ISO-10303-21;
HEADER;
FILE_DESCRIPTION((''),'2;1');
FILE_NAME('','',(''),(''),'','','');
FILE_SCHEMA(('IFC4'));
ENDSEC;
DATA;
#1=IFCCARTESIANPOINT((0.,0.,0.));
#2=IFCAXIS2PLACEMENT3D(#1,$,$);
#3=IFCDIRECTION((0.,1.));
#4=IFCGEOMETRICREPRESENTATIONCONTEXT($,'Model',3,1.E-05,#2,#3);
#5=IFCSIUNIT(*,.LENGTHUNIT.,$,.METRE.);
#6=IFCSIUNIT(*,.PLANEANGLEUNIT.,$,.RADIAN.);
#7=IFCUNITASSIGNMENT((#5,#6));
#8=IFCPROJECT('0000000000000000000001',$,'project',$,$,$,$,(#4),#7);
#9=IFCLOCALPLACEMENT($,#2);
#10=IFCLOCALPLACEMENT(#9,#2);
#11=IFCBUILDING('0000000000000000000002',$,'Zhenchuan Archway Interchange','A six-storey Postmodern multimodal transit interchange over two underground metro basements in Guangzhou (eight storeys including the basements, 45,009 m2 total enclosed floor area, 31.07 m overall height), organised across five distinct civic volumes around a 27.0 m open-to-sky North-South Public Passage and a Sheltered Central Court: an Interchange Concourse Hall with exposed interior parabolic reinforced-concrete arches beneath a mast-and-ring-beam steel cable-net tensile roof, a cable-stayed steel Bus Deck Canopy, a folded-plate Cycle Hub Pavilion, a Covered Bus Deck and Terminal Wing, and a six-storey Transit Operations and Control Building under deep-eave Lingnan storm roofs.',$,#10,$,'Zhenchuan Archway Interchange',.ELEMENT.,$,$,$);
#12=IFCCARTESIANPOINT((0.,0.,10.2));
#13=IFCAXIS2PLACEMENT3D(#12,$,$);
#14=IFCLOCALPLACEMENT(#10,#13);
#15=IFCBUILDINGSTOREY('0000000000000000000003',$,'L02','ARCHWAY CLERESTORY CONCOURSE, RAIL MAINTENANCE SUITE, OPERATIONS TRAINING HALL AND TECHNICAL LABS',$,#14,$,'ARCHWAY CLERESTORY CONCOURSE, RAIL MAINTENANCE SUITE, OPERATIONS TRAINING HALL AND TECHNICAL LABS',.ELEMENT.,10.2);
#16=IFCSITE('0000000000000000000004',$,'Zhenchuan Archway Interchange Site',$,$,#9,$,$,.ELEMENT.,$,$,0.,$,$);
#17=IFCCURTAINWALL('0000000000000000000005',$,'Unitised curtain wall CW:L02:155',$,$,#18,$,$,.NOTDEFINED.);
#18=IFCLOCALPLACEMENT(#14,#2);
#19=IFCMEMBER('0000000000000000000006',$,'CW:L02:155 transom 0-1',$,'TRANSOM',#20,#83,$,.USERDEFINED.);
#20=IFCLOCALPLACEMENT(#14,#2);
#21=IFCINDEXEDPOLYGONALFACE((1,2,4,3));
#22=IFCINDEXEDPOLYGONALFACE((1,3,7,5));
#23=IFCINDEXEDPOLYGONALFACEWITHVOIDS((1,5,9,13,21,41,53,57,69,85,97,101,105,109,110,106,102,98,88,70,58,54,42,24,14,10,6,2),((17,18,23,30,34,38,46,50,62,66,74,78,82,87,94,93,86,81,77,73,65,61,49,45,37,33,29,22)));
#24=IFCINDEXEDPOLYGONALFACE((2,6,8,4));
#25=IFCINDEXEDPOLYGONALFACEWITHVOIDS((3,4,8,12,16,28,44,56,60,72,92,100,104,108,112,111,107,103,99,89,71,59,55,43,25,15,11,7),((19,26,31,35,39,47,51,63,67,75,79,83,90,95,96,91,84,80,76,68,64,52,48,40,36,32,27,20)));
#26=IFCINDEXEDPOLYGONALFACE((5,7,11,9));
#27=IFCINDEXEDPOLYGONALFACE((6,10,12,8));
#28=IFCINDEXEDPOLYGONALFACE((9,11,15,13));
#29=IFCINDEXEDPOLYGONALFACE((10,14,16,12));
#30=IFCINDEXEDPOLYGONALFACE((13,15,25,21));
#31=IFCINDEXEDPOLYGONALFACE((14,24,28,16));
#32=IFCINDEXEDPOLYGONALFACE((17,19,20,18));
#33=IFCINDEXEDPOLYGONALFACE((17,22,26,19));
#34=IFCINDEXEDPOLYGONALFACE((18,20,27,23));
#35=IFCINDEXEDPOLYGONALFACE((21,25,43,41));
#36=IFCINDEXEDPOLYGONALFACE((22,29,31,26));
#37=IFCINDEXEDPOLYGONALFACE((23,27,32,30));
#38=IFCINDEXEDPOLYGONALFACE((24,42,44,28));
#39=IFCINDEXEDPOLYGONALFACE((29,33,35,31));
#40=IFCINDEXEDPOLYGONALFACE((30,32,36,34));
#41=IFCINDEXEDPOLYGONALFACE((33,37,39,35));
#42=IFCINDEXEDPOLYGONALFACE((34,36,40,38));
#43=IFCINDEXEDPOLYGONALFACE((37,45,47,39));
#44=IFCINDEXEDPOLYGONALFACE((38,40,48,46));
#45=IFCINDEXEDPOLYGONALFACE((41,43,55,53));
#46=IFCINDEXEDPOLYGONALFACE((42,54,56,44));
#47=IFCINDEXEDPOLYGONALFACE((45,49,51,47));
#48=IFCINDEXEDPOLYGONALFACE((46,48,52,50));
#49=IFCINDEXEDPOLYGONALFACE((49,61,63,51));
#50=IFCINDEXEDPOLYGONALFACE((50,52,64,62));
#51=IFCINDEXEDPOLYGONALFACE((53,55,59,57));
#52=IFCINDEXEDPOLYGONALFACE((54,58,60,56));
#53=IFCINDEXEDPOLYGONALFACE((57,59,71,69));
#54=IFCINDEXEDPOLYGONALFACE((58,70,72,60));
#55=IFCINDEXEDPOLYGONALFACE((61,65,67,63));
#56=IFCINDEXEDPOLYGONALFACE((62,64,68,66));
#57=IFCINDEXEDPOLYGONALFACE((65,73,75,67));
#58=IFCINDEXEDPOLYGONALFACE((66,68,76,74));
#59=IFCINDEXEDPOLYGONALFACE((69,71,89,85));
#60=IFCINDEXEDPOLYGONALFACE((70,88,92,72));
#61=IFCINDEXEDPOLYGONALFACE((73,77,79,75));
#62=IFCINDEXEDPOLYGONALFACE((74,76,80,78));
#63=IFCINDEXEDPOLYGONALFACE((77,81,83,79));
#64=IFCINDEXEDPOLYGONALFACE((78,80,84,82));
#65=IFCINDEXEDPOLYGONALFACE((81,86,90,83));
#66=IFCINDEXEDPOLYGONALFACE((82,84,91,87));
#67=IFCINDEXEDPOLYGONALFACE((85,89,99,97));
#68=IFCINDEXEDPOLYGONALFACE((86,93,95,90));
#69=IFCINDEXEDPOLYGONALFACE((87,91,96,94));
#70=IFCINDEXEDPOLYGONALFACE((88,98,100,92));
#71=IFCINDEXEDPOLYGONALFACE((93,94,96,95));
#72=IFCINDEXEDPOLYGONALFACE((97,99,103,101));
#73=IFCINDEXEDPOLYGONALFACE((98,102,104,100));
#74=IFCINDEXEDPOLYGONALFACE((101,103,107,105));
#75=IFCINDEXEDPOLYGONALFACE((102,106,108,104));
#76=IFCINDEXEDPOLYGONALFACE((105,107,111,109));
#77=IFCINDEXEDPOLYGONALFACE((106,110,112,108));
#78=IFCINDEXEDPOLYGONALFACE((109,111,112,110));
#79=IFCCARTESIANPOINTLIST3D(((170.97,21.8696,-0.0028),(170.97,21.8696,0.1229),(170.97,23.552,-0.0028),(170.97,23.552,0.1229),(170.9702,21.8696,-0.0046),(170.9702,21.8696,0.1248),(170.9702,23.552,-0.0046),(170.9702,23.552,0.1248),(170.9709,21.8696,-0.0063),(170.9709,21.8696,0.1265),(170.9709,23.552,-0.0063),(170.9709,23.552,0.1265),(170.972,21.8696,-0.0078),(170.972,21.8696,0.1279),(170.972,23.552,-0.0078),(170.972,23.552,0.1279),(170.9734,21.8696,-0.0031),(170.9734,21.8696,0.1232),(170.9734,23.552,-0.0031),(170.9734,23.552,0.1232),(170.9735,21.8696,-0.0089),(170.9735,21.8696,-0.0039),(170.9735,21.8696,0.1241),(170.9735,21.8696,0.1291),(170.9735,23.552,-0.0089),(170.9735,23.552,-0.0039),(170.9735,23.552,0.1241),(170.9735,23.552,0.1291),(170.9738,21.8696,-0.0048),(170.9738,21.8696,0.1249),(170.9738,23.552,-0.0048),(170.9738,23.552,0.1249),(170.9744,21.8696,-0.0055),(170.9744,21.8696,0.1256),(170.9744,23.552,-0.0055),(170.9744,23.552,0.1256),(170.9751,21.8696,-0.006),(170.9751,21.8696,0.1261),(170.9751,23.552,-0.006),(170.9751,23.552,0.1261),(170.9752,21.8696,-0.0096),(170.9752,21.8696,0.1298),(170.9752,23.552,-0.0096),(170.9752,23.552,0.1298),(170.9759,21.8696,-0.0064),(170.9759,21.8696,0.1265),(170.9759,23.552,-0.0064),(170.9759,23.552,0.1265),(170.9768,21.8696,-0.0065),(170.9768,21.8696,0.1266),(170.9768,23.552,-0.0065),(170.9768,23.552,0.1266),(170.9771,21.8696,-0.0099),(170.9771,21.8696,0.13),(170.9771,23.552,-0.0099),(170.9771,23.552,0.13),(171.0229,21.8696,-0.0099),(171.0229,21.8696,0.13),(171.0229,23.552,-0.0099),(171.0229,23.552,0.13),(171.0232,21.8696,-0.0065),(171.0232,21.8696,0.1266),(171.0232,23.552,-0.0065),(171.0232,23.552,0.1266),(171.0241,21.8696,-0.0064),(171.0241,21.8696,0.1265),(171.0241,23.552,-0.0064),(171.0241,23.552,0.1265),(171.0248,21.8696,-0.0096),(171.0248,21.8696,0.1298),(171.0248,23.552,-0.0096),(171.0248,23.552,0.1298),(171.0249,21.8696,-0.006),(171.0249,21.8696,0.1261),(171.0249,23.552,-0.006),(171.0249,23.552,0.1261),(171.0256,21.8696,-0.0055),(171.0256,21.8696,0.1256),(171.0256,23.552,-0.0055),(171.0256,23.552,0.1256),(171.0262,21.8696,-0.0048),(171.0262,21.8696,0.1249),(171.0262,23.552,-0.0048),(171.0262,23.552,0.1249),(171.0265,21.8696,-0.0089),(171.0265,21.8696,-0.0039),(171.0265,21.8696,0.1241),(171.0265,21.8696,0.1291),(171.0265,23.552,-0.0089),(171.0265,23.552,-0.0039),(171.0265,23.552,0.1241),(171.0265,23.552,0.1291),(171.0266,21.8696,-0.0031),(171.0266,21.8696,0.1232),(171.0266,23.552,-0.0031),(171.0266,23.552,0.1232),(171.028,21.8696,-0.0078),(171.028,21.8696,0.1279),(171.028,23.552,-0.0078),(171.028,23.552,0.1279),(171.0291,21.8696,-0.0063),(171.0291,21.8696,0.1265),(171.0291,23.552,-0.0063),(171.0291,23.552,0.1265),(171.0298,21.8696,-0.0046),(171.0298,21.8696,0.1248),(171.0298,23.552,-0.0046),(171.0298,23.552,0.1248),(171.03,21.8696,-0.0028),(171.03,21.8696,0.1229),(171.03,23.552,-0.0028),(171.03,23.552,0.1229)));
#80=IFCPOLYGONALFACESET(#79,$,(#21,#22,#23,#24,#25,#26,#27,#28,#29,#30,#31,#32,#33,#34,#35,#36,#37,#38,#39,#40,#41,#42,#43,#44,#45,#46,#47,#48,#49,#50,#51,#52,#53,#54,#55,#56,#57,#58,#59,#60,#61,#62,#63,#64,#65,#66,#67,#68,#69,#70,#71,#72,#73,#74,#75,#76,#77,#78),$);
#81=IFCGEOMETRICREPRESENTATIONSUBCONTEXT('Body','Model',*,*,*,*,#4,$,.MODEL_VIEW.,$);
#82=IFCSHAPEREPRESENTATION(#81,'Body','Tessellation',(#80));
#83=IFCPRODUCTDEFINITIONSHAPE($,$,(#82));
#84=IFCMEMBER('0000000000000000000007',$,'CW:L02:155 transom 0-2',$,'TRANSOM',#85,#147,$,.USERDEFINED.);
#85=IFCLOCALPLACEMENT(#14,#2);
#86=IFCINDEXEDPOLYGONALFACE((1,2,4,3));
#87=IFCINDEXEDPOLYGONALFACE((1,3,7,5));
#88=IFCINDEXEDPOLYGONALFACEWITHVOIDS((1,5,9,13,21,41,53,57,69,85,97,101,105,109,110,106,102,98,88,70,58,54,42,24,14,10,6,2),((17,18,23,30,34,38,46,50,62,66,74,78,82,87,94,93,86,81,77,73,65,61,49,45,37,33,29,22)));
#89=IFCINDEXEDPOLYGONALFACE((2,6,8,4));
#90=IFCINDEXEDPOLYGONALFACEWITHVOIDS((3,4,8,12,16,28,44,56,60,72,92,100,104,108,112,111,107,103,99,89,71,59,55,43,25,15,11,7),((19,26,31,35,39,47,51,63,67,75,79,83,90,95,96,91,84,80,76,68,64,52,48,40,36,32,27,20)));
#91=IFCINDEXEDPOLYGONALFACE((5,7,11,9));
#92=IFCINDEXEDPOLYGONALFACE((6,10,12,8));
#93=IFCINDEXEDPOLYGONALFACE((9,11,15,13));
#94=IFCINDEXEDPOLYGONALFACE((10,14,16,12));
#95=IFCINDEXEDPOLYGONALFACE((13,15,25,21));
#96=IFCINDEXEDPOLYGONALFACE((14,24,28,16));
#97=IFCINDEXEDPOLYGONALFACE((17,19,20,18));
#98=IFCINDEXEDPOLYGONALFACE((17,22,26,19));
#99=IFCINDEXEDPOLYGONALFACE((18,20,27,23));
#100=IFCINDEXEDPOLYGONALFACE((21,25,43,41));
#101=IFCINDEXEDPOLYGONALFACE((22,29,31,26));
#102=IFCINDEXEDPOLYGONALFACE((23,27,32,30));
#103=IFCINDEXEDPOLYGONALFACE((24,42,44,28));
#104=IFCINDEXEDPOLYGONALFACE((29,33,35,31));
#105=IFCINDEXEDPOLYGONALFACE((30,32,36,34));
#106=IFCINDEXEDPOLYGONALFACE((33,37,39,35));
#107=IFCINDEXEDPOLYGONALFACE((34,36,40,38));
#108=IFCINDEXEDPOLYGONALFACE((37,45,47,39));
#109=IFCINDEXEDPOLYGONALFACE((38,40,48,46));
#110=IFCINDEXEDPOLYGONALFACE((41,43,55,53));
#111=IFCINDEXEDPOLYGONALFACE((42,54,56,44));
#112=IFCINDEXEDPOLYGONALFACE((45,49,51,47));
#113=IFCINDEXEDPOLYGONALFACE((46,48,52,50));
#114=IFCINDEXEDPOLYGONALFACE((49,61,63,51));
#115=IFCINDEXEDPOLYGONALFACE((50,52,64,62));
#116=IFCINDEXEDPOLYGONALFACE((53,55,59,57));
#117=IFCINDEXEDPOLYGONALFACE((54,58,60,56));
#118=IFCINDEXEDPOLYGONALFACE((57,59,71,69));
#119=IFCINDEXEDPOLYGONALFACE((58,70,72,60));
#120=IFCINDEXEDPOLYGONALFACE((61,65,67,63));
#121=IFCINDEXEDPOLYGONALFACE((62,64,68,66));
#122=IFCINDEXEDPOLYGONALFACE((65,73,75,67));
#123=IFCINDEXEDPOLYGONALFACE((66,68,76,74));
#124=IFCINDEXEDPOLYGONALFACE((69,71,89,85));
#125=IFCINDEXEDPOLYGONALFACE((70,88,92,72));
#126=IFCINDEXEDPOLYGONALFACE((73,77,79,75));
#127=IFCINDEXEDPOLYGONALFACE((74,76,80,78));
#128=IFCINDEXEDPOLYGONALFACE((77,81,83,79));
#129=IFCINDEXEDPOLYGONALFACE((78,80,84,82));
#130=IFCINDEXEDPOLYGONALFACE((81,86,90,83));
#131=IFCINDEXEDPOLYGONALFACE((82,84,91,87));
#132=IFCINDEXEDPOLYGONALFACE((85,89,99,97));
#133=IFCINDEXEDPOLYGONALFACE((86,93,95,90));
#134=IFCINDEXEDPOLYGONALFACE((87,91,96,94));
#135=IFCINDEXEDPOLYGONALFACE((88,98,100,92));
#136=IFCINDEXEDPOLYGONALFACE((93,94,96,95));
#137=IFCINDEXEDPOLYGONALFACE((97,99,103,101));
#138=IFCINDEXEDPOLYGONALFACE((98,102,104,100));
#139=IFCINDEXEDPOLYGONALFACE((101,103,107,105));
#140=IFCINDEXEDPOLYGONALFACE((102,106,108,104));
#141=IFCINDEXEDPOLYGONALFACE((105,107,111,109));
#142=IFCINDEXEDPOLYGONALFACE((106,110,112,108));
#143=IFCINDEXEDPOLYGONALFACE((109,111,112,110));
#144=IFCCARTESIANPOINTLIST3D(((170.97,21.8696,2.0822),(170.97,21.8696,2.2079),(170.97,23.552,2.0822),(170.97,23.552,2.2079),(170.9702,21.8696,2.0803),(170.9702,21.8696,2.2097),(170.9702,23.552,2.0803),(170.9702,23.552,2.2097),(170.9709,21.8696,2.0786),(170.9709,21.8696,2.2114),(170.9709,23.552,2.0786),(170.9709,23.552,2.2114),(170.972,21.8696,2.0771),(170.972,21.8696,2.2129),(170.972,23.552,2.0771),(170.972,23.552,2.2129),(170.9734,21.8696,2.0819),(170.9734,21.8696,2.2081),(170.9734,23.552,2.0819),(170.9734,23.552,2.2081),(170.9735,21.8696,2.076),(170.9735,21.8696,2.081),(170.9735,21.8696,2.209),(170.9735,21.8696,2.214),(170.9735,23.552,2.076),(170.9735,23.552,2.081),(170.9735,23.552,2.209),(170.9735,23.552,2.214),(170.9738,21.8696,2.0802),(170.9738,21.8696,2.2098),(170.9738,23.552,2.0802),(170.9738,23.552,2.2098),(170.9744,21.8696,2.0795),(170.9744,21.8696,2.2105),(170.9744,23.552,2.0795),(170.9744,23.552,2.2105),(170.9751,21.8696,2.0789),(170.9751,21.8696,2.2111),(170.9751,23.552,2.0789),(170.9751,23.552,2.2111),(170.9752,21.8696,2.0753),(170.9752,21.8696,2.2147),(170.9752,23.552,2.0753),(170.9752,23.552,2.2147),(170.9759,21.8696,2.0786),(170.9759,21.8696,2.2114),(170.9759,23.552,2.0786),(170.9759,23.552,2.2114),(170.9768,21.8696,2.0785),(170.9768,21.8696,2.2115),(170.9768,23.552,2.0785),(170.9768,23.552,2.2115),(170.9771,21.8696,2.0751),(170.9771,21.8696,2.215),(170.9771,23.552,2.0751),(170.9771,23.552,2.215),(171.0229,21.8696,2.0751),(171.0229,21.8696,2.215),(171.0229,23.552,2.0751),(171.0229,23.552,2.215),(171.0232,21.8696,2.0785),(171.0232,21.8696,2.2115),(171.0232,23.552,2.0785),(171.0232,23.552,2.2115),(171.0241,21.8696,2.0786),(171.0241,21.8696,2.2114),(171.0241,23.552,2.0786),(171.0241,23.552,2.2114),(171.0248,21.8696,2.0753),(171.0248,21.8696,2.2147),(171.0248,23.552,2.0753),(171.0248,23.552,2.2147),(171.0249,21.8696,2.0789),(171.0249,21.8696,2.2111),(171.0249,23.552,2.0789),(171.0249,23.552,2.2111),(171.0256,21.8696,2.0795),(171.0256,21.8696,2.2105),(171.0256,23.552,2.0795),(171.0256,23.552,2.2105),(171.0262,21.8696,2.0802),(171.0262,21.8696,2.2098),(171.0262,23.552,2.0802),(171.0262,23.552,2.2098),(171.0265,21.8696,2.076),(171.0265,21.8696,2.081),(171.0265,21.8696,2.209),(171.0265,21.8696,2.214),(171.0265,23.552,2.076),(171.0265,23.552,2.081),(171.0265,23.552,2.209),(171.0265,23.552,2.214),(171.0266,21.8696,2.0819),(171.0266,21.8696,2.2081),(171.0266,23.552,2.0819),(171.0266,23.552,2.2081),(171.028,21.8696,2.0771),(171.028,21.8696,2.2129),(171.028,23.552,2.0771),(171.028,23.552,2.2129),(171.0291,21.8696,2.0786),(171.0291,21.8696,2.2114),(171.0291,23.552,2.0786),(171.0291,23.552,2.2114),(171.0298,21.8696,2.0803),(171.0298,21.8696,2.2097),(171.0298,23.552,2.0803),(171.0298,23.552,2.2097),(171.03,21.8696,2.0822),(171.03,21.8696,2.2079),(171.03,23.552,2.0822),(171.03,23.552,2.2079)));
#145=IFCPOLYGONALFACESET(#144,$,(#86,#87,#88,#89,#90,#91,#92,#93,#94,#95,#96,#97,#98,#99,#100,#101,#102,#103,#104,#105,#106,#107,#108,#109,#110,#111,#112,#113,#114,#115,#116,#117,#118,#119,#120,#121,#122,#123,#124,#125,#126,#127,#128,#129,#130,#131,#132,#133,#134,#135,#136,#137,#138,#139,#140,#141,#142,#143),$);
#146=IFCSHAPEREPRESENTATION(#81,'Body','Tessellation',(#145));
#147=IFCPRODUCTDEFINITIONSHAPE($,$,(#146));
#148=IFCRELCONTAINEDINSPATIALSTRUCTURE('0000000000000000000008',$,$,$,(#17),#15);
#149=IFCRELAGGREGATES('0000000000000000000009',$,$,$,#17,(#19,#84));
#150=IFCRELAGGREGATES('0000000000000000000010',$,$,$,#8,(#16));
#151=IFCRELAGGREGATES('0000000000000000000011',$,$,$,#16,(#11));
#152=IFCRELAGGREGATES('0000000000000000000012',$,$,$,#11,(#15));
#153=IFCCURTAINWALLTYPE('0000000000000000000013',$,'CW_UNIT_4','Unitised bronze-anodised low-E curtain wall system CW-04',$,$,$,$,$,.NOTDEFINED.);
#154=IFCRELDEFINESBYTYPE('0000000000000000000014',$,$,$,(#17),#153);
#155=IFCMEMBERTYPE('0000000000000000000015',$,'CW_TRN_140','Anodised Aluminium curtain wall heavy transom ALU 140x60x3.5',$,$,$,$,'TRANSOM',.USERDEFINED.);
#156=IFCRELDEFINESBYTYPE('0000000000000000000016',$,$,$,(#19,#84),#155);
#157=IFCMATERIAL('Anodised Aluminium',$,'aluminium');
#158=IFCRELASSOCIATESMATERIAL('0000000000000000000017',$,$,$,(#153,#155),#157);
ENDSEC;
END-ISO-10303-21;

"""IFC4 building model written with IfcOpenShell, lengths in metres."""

from ifc_helpers import new_model, si_unit, direction, frame, origin, origin_2d, place, context, subcontext, project, spatial, hollow_rectangle, extrude, material, material_profile, profile_set, type_object, element, aggregate, save


model = new_model("IFC4")

# Units and contexts
model_context = context("Model", 3, precision=1e-05, world=origin(), true_north=direction((0.0, 1.0)))
body_context = subcontext(model_context, "Body", "Model", "MODEL_VIEW")
ifc_project = project(units=[si_unit("LENGTHUNIT", "METRE"), si_unit("PLANEANGLEUNIT", "RADIAN")], contexts=[model_context])

# Site, building, storey
site_placement = place(None, origin())
site = spatial("IfcSite", under=ifc_project, at=site_placement, Name="Zhenchuan Archway Interchange Site", CompositionType="ELEMENT", RefElevation=0.0)
building_placement = place(site_placement, origin())
building = spatial("IfcBuilding", under=site, at=building_placement, Name="Zhenchuan Archway Interchange", Description="A six-storey Postmodern multimodal transit interchange over two underground metro basements in Guangzhou (eight storeys including the basements, 45,009 m2 total enclosed floor area, 31.07 m overall height), organised across five distinct civic volumes around a 27.0 m open-to-sky North-South Public Passage and a Sheltered Central Court: an Interchange Concourse Hall with exposed interior parabolic reinforced-concrete arches beneath a mast-and-ring-beam steel cable-net tensile roof, a cable-stayed steel Bus Deck Canopy, a folded-plate Cycle Hub Pavilion, a Covered Bus Deck and Terminal Wing, and a six-storey Transit Operations and Control Building under deep-eave Lingnan storm roofs.", LongName="Zhenchuan Archway Interchange", CompositionType="ELEMENT")
storey_placement = place(building_placement, frame((0.0, 0.0, 10.2)))
storey = spatial("IfcBuildingStorey", under=building, at=storey_placement, Name="L02", Description="ARCHWAY CLERESTORY CONCOURSE, RAIL MAINTENANCE SUITE, OPERATIONS TRAINING HALL AND TECHNICAL LABS", LongName="ARCHWAY CLERESTORY CONCOURSE, RAIL MAINTENANCE SUITE, OPERATIONS TRAINING HALL AND TECHNICAL LABS", CompositionType="ELEMENT", Elevation=10.2)

# Curtain wall, members
ifc_material_1 = material(Name="Anodised Aluminium", Category="aluminium")
curtain_wall_type = type_object("IfcCurtainWallType", Name="CW_UNIT_4", Description="Unitised bronze-anodised low-E curtain wall system CW-04", PredefinedType="NOTDEFINED", material=ifc_material_1)
curtain_wall_placement = place(storey_placement, origin())
curtain_wall = element("IfcCurtainWall", 1, at=curtain_wall_placement, inside=storey, type_object=curtain_wall_type, Name="Unitised curtain wall CW:L02:155", PredefinedType="NOTDEFINED")
ifc_material_profile_1 = material_profile(ifc_material_1, hollow_rectangle(XDim=0.0601, YDim=0.1399, WallThickness=0.0034, InnerFilletRadius=0.0034, OuterFilletRadius=0.0071, at=origin_2d()), Name="ALU 140x60x3.5")
ifc_profile_set_1 = profile_set([ifc_material_profile_1], Name="Anodised Aluminium")
member_type_1 = type_object("IfcMemberType", Name="CW_TRN_140", Description="Anodised Aluminium curtain wall heavy transom ALU 140x60x3.5", ElementType="TRANSOM", PredefinedType="USERDEFINED", material=ifc_profile_set_1)
member_1_placement = place(storey_placement, frame((171.0, 23.552, 0.0601), z_axis=(0.0, -1.0, 0.0), x_axis=(1.0, 0.0, 0.0)))
member_1 = element("IfcMember", 2, at=member_1_placement, type_object=member_type_1, Name="CW:L02:155 transom 0-1", ObjectType="TRANSOM", PredefinedType="USERDEFINED", context=body_context, shape_type="SweptSolid", body=[
    extrude(hollow_rectangle(XDim=0.0601, YDim=0.1399, WallThickness=0.0034, InnerFilletRadius=0.0034, OuterFilletRadius=0.0071, at=origin_2d()), origin(), (0.0, 0.0, 1.0), 1.6824),
])
member_2_placement = place(storey_placement, frame((171.0, 23.552, 2.145), z_axis=(0.0, -1.0, 0.0), x_axis=(1.0, 0.0, 0.0)))
member_2 = element("IfcMember", 3, at=member_2_placement, type_object=member_type_1, Name="CW:L02:155 transom 0-2", ObjectType="TRANSOM", PredefinedType="USERDEFINED", context=body_context, shape_type="SweptSolid", body=[
    extrude(hollow_rectangle(XDim=0.0601, YDim=0.1399, WallThickness=0.0034, InnerFilletRadius=0.0034, OuterFilletRadius=0.0071, at=origin_2d()), origin(), (0.0, 0.0, 1.0), 1.6824),
])
aggregate(curtain_wall, [member_1, member_2])

save(model, "model.ifc")
